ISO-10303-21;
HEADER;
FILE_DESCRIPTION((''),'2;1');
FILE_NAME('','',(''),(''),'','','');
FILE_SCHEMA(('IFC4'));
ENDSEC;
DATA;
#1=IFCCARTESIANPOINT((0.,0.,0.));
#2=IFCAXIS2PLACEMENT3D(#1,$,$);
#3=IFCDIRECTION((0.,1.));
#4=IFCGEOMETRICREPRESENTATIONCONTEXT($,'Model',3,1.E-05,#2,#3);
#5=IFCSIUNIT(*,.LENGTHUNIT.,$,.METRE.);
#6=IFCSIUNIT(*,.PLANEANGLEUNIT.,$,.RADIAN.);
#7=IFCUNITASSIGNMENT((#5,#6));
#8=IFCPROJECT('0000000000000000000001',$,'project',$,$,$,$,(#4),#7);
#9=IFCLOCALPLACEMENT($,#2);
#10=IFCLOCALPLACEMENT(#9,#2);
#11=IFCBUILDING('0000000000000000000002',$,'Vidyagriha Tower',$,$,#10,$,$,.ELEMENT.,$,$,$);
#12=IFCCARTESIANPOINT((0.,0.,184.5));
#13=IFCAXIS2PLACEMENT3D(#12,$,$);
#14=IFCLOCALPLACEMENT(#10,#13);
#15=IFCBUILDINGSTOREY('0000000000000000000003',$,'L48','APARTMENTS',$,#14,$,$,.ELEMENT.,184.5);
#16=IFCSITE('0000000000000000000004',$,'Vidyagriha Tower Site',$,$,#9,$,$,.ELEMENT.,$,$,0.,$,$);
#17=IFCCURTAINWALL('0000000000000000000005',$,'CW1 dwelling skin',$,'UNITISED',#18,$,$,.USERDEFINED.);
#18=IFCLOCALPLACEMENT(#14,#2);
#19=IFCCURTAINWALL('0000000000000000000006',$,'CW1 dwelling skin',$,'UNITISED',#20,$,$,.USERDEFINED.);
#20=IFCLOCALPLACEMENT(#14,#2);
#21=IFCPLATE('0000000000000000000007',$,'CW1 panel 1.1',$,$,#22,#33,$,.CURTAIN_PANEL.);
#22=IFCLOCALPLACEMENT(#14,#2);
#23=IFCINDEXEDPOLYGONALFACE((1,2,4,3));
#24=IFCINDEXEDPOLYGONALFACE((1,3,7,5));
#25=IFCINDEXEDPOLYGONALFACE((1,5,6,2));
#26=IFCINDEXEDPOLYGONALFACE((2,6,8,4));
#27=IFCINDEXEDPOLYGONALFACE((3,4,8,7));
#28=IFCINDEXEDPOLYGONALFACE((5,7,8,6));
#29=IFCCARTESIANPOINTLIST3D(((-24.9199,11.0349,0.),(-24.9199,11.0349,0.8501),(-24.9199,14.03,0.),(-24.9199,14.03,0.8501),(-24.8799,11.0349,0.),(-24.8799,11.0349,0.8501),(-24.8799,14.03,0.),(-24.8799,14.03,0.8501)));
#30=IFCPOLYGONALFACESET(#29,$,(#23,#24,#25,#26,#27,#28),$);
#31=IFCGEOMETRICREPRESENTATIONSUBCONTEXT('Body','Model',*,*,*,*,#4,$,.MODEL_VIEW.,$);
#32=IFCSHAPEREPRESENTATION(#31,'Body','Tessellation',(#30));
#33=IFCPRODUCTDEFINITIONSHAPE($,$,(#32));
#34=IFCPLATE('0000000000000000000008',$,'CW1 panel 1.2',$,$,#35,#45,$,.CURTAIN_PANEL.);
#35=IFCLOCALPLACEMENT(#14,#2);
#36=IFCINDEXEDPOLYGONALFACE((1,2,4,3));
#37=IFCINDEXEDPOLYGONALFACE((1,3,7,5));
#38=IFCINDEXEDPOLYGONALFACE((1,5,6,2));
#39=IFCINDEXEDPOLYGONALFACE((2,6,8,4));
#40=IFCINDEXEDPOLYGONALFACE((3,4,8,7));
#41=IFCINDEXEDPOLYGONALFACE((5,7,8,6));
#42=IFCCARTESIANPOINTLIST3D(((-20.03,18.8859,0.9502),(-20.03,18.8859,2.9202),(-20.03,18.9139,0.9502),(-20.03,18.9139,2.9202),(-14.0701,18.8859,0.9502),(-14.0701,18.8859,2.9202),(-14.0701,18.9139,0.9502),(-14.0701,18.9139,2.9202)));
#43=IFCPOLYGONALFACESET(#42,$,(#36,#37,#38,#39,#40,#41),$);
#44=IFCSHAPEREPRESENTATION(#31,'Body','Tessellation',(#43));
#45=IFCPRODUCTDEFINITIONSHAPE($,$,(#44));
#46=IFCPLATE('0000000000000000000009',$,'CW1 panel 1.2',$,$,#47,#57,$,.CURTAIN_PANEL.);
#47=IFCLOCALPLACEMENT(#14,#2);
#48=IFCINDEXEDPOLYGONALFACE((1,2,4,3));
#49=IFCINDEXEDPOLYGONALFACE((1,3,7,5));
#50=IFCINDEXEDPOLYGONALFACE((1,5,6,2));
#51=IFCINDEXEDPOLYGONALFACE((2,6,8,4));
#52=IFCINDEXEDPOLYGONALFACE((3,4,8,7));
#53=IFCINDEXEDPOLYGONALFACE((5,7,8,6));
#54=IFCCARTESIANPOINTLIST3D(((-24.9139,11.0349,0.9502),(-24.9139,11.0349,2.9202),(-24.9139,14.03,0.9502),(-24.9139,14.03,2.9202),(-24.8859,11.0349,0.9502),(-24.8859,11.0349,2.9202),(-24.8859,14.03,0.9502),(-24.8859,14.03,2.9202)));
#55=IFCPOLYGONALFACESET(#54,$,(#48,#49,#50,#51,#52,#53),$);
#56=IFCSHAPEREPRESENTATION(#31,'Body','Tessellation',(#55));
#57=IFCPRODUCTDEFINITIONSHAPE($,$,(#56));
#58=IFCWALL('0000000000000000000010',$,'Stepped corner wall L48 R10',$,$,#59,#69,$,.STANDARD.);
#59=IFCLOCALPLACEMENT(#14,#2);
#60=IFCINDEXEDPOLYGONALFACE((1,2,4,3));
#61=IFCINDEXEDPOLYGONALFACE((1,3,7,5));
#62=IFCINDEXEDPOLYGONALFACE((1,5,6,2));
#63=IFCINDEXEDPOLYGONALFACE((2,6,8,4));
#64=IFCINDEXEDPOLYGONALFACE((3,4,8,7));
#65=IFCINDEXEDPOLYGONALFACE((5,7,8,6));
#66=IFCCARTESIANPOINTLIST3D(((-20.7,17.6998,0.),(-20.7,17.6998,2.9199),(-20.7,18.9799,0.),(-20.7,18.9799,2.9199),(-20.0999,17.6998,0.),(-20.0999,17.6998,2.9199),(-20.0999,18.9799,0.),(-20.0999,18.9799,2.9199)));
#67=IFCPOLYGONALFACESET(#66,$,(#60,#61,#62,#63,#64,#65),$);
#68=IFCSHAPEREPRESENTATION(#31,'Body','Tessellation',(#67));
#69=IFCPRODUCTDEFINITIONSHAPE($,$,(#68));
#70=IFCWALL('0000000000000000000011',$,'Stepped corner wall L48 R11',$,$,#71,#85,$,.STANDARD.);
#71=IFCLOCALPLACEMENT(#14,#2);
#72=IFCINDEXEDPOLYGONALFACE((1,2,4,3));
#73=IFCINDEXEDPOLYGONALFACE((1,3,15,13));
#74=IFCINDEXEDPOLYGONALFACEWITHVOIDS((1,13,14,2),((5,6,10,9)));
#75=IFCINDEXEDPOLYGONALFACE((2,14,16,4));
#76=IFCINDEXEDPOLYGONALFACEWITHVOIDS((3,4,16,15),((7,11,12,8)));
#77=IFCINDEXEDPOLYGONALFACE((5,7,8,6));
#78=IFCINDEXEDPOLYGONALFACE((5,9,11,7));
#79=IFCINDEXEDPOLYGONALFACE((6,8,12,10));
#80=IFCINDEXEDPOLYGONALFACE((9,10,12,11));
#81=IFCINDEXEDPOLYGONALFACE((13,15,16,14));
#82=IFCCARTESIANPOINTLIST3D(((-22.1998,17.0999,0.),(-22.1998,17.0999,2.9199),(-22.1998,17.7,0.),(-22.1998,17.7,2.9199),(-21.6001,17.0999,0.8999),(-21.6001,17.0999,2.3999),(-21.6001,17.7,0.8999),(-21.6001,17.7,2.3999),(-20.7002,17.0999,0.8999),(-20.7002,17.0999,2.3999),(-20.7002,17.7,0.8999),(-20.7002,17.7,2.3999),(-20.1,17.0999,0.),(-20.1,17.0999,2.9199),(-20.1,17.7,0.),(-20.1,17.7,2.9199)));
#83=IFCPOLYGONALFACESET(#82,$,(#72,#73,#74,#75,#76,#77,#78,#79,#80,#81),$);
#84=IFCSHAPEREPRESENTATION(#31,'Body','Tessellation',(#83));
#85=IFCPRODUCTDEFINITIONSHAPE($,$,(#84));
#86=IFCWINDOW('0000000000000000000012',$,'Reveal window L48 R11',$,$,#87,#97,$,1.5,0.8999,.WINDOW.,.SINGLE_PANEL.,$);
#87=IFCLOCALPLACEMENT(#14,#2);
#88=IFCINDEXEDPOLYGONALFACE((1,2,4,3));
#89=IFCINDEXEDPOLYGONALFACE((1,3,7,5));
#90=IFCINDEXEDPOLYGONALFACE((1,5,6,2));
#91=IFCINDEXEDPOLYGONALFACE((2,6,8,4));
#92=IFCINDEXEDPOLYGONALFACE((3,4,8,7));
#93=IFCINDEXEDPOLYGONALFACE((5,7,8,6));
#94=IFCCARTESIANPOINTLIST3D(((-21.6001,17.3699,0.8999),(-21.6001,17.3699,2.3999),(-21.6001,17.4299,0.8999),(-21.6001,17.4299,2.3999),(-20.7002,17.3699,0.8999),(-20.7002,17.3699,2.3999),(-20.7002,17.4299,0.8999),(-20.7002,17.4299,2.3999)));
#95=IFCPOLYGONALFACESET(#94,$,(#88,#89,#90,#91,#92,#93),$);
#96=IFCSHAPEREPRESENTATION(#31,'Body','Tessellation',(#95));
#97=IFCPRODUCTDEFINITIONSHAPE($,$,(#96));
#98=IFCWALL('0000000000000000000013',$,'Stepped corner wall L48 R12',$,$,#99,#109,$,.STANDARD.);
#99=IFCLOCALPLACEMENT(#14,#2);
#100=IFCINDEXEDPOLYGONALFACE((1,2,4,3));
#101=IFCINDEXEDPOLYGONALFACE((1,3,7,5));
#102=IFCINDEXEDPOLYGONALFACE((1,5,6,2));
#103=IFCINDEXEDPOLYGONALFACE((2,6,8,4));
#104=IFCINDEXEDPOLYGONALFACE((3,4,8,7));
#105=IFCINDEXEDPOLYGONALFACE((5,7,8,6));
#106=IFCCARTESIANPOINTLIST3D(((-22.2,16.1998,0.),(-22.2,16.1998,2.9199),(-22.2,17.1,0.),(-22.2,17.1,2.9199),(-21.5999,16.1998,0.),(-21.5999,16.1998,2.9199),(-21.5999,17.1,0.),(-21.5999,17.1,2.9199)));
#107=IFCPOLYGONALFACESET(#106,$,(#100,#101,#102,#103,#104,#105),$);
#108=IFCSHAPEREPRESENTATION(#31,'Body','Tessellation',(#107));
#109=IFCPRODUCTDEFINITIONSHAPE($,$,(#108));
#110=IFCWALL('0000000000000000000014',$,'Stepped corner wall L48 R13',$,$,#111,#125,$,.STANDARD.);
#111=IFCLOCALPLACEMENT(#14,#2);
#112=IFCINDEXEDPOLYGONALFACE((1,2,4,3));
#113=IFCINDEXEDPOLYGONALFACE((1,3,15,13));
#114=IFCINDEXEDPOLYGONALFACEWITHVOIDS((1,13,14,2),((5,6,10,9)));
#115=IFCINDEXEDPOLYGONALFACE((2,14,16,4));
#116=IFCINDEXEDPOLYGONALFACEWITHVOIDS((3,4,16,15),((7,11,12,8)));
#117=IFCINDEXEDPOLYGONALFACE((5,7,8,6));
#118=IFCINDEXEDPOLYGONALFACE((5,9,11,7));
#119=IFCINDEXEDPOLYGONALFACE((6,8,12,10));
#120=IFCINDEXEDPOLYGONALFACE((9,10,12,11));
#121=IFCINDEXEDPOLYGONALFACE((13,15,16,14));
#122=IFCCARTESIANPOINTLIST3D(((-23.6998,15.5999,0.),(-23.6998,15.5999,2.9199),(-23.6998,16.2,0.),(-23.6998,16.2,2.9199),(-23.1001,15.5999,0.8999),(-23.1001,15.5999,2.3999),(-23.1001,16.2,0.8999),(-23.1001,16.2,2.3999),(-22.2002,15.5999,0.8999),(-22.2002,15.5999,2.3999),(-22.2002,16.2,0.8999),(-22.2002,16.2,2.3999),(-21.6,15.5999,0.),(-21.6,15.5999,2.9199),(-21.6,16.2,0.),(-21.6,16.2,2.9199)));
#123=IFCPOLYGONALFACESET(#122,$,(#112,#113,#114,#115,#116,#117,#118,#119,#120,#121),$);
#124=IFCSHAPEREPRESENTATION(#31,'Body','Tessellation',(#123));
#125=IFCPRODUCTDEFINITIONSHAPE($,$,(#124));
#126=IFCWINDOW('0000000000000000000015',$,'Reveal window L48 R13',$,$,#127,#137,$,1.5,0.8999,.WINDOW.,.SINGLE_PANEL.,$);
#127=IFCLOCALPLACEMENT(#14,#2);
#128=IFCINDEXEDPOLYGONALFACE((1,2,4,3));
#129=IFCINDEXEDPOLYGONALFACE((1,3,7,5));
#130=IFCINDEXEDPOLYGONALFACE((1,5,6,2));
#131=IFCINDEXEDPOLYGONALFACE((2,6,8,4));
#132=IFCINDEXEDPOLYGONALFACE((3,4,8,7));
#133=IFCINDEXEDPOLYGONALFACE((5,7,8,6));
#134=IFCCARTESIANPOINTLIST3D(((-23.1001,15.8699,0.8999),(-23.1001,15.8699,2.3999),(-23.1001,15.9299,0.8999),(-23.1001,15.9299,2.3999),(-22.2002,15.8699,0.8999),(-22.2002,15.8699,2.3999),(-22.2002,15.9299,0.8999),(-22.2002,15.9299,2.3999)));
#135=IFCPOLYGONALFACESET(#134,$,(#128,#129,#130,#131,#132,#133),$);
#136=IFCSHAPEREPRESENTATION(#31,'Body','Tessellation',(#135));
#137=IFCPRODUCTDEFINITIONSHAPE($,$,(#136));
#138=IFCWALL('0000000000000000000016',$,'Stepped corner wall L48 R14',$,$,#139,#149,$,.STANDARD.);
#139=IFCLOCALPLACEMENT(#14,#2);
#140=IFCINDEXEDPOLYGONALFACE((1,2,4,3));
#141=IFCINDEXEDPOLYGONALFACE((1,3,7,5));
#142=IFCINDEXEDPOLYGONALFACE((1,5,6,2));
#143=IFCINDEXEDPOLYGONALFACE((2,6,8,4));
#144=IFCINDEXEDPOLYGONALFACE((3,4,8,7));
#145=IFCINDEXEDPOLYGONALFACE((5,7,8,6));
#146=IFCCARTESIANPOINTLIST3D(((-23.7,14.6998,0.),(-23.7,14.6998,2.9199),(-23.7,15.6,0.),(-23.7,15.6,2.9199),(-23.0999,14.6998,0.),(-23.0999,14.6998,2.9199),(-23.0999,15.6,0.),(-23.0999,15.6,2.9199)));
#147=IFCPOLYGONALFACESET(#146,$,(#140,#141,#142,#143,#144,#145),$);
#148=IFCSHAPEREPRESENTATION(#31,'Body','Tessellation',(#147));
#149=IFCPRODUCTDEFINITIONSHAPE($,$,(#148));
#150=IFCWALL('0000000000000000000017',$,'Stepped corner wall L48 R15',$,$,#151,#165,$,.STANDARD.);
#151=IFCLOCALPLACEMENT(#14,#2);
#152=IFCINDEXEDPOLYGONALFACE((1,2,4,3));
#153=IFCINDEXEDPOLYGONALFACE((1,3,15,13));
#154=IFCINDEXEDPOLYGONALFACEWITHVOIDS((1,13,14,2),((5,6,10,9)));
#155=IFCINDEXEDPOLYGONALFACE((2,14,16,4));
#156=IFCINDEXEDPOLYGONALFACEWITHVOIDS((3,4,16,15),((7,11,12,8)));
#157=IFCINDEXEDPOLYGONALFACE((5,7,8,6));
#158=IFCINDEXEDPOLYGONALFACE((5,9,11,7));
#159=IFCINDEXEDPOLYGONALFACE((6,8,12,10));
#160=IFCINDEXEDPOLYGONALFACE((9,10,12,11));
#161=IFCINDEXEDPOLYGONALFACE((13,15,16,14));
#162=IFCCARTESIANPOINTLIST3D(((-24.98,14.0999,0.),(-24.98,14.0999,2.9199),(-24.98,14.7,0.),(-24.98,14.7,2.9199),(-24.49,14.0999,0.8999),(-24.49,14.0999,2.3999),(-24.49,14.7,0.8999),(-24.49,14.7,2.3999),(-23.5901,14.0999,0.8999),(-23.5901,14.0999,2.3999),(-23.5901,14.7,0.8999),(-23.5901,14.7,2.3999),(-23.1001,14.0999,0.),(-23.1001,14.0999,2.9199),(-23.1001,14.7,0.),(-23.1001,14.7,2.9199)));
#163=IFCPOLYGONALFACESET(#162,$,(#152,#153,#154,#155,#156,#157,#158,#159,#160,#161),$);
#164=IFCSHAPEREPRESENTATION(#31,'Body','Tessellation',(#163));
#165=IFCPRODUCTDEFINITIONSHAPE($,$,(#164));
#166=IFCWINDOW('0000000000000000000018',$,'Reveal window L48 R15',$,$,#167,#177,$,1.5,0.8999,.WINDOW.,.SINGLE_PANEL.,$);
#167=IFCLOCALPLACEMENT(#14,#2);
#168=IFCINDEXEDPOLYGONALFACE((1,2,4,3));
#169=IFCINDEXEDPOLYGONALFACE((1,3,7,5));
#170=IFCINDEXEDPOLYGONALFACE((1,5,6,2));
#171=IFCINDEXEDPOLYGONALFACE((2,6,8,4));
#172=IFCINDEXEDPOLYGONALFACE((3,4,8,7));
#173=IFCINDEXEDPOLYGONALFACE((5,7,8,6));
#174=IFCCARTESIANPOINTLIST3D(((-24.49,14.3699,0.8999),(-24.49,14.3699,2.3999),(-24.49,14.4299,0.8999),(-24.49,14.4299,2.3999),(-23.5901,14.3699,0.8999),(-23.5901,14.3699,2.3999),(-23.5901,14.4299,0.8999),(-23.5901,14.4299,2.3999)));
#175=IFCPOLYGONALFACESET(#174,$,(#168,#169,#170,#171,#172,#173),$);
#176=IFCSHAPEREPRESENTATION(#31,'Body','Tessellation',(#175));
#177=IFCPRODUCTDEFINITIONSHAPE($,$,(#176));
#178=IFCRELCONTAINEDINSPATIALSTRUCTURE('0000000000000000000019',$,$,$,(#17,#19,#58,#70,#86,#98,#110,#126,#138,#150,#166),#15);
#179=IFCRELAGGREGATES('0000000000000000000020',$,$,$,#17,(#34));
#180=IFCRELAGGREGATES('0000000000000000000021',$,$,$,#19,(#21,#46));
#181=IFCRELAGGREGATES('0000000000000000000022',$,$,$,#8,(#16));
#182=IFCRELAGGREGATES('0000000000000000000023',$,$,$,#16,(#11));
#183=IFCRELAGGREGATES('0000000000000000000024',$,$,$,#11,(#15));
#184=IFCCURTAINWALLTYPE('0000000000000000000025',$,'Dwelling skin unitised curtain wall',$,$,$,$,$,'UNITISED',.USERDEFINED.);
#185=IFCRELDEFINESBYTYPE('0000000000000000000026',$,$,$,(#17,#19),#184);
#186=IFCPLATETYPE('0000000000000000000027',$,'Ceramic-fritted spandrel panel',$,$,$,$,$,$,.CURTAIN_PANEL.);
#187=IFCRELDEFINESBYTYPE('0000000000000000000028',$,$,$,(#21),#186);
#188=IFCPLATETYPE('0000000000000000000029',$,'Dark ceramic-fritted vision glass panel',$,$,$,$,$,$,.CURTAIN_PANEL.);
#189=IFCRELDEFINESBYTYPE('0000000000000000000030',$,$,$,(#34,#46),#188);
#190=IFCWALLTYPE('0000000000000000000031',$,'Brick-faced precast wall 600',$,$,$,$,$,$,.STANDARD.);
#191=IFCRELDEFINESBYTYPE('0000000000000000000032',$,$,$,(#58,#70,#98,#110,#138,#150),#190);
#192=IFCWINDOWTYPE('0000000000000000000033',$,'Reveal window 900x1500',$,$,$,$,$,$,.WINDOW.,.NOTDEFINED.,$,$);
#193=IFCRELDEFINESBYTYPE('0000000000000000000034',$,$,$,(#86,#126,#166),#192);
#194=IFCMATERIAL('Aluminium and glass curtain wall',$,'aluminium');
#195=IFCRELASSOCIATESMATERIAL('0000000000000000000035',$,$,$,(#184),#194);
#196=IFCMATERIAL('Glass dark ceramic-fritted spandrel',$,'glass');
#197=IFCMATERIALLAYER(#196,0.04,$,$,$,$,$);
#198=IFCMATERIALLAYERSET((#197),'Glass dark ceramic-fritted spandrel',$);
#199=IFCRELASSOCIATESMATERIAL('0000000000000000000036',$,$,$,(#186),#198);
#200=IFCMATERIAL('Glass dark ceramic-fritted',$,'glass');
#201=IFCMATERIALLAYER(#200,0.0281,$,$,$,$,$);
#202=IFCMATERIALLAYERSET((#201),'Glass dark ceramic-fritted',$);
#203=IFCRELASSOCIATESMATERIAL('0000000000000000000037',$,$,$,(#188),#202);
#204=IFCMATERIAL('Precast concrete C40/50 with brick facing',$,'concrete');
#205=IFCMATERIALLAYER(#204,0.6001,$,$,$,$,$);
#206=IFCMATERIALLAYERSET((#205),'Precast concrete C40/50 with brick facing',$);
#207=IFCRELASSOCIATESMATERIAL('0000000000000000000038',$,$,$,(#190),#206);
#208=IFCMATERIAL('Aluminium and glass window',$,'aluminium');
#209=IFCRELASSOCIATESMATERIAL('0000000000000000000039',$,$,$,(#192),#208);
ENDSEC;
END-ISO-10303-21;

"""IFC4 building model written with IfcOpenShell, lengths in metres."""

from ifc_helpers import new_model, si_unit, direction, frame, frame_2d, origin, origin_2d, place, context, subcontext, project, spatial, rectangle, extrude, material, layer, layer_set, type_object, element, fill, aggregate, save


model = new_model("IFC4")

# Units and contexts
model_context = context("Model", 3, precision=1e-05, world=origin(), true_north=direction((0.0, 1.0)))
body_context = subcontext(model_context, "Body", "Model", "MODEL_VIEW")
ifc_project = project(units=[si_unit("LENGTHUNIT", "METRE"), si_unit("PLANEANGLEUNIT", "RADIAN")], contexts=[model_context])

# Site, building, storey
site_placement = place(None, origin())
site = spatial("IfcSite", under=ifc_project, at=site_placement, Name="Vidyagriha Tower Site", CompositionType="ELEMENT", RefElevation=0.0)
building_placement = place(site_placement, origin())
building = spatial("IfcBuilding", under=site, at=building_placement, Name="Vidyagriha Tower", CompositionType="ELEMENT")
storey_placement = place(building_placement, frame((0.0, 0.0, 184.5)))
storey = spatial("IfcBuildingStorey", under=building, at=storey_placement, Name="L48", Description="APARTMENTS", CompositionType="ELEMENT", Elevation=184.5)

# Curtain walls
ifc_material_1 = material(Name="Aluminium and glass curtain wall", Category="aluminium")
curtain_wall_type = type_object("IfcCurtainWallType", Name="Dwelling skin unitised curtain wall", ElementType="UNITISED", PredefinedType="USERDEFINED", material=ifc_material_1)
curtain_wall_1_placement = place(storey_placement, origin())
curtain_wall_1 = element("IfcCurtainWall", 1, at=curtain_wall_1_placement, inside=storey, type_object=curtain_wall_type, Name="CW1 dwelling skin", ObjectType="UNITISED", PredefinedType="USERDEFINED")
curtain_wall_2_placement = place(storey_placement, origin())
curtain_wall_2 = element("IfcCurtainWall", 2, at=curtain_wall_2_placement, inside=storey, type_object=curtain_wall_type, Name="CW1 dwelling skin", ObjectType="UNITISED", PredefinedType="USERDEFINED")

# Plates
ifc_material_2 = material(Name="Glass dark ceramic-fritted spandrel", Category="glass")
ifc_layer_1 = layer(ifc_material_2, 0.04)
ifc_layer_set_1 = layer_set([ifc_layer_1], Name="Glass dark ceramic-fritted spandrel")
plate_type_1 = type_object("IfcPlateType", Name="Ceramic-fritted spandrel panel", PredefinedType="CURTAIN_PANEL", material=ifc_layer_set_1)
plate_1_placement = place(storey_placement, frame((-24.8999, 12.5325, 0.0), z_axis=(0.0, 0.0, 1.0), x_axis=(0.0, -1.0, 0.0)))
plate_1 = element("IfcPlate", 3, at=plate_1_placement, type_object=plate_type_1, Name="CW1 panel 1.1", PredefinedType="CURTAIN_PANEL", context=body_context, shape_type="SweptSolid", body=[
    extrude(rectangle(XDim=2.9951, YDim=0.04, at=origin_2d()), origin(), (0.0, 0.0, 1.0), 0.8501),
])
ifc_material_3 = material(Name="Glass dark ceramic-fritted", Category="glass")
ifc_layer_2 = layer(ifc_material_3, 0.0281)
ifc_layer_set_2 = layer_set([ifc_layer_2], Name="Glass dark ceramic-fritted")
plate_type_2 = type_object("IfcPlateType", Name="Dark ceramic-fritted vision glass panel", PredefinedType="CURTAIN_PANEL", material=ifc_layer_set_2)
plate_2_placement = place(storey_placement, frame((-17.05, 18.8999, 0.9502), z_axis=(0.0, 0.0, 1.0), x_axis=(-1.0, 0.0, 0.0)))
plate_2 = element("IfcPlate", 4, at=plate_2_placement, type_object=plate_type_2, Name="CW1 panel 1.2", PredefinedType="CURTAIN_PANEL", context=body_context, shape_type="SweptSolid", body=[
    extrude(rectangle(XDim=5.96, YDim=0.0281, at=origin_2d()), origin(), (0.0, 0.0, 1.0), 1.97),
])
aggregate(curtain_wall_1, [plate_2])
plate_3_placement = place(storey_placement, frame((-24.8999, 12.5325, 0.9502), z_axis=(0.0, 0.0, 1.0), x_axis=(0.0, -1.0, 0.0)))
plate_3 = element("IfcPlate", 5, at=plate_3_placement, type_object=plate_type_2, Name="CW1 panel 1.2", PredefinedType="CURTAIN_PANEL", context=body_context, shape_type="SweptSolid", body=[
    extrude(rectangle(XDim=2.9951, YDim=0.0281, at=origin_2d()), origin(), (0.0, 0.0, 1.0), 1.97),
])
aggregate(curtain_wall_2, [plate_1, plate_3])

# Wall
ifc_material_4 = material(Name="Precast concrete C40/50 with brick facing", Category="concrete")
ifc_layer_3 = layer(ifc_material_4, 0.6001)
ifc_layer_set_3 = layer_set([ifc_layer_3], Name="Precast concrete C40/50 with brick facing")
wall_type_1 = type_object("IfcWallType", Name="Brick-faced precast wall 600", PredefinedType="STANDARD", material=ifc_layer_set_3)
wall_1_placement = place(storey_placement, frame((-20.3999, 18.98, 0.0), z_axis=(0.0, 0.0, 1.0), x_axis=(0.0, -1.0, 0.0)))
element("IfcWall", 6, at=wall_1_placement, inside=storey, type_object=wall_type_1, Name="Stepped corner wall L48 R10", PredefinedType="STANDARD", context=body_context, shape_type="SweptSolid", body=[
    extrude(rectangle(XDim=1.28, YDim=0.6001, at=frame_2d((0.6401, 0.0))), origin(), (0.0, 0.0, 1.0), 2.9199),
])

# Wall, opening, window
wall_2_placement = place(storey_placement, frame((-20.1001, 17.3999, 0.0), z_axis=(0.0, 0.0, 1.0), x_axis=(-1.0, 0.0, 0.0)))
wall_2 = element("IfcWall", 7, at=wall_2_placement, inside=storey, type_object=wall_type_1, Name="Stepped corner wall L48 R11", PredefinedType="STANDARD", context=body_context, shape_type="SweptSolid", body=[
    extrude(rectangle(XDim=2.0999, YDim=0.6001, at=frame_2d((1.0498, 0.0))), origin(), (0.0, 0.0, 1.0), 2.9199),
])
opening_1_placement = place(wall_2_placement, frame((0.6001, 0.0, 0.8999)))
opening_1 = element("IfcOpeningElement", 8, at=opening_1_placement, cuts=wall_2, PredefinedType="OPENING", context=body_context, shape_type="SweptSolid", body=[
    extrude(rectangle(XDim=0.8999, YDim=1.5, at=frame_2d((0.45, 0.75))), frame((0.0, 0.3101, 0.0), z_axis=(0.0, -1.0, 0.0), x_axis=(1.0, 0.0, 0.0)), (0.0, 0.0, 1.0), 0.6201),
])
ifc_material_5 = material(Name="Aluminium and glass window", Category="aluminium")
window_type = type_object("IfcWindowType", Name="Reveal window 900x1500", PartitioningType="NOTDEFINED", PredefinedType="WINDOW", material=ifc_material_5)
window_1_placement = place(opening_1_placement, origin())
window_1 = element("IfcWindow", 9, at=window_1_placement, inside=storey, type_object=window_type, Name="Reveal window L48 R11", OverallHeight=1.5, OverallWidth=0.8999, PartitioningType="SINGLE_PANEL", PredefinedType="WINDOW", context=body_context, shape_type="SweptSolid", body=[
    extrude(rectangle(XDim=0.8999, YDim=1.5, at=frame_2d((0.45, 0.75))), frame((0.0, 0.03, 0.0), z_axis=(0.0, -1.0, 0.0), x_axis=(1.0, 0.0, 0.0)), (0.0, 0.0, 1.0), 0.0601),
])
fill(opening_1, window_1)

# Wall
wall_3_placement = place(storey_placement, frame((-21.8999, 17.1001, 0.0), z_axis=(0.0, 0.0, 1.0), x_axis=(0.0, -1.0, 0.0)))
element("IfcWall", 10, at=wall_3_placement, inside=storey, type_object=wall_type_1, Name="Stepped corner wall L48 R12", PredefinedType="STANDARD", context=body_context, shape_type="SweptSolid", body=[
    extrude(rectangle(XDim=0.9001, YDim=0.6001, at=frame_2d((0.4502, 0.0))), origin(), (0.0, 0.0, 1.0), 2.9199),
])

# Wall, opening, window
wall_4_placement = place(storey_placement, frame((-21.6001, 15.8999, 0.0), z_axis=(0.0, 0.0, 1.0), x_axis=(-1.0, 0.0, 0.0)))
wall_4 = element("IfcWall", 11, at=wall_4_placement, inside=storey, type_object=wall_type_1, Name="Stepped corner wall L48 R13", PredefinedType="STANDARD", context=body_context, shape_type="SweptSolid", body=[
    extrude(rectangle(XDim=2.0999, YDim=0.6001, at=frame_2d((1.0498, 0.0))), origin(), (0.0, 0.0, 1.0), 2.9199),
])
opening_2_placement = place(wall_4_placement, frame((0.6001, 0.0, 0.8999)))
opening_2 = element("IfcOpeningElement", 12, at=opening_2_placement, cuts=wall_4, PredefinedType="OPENING", context=body_context, shape_type="SweptSolid", body=[
    extrude(rectangle(XDim=0.8999, YDim=1.5, at=frame_2d((0.45, 0.75))), frame((0.0, 0.3101, 0.0), z_axis=(0.0, -1.0, 0.0), x_axis=(1.0, 0.0, 0.0)), (0.0, 0.0, 1.0), 0.6201),
])
window_2_placement = place(opening_2_placement, origin())
window_2 = element("IfcWindow", 13, at=window_2_placement, inside=storey, type_object=window_type, Name="Reveal window L48 R13", OverallHeight=1.5, OverallWidth=0.8999, PartitioningType="SINGLE_PANEL", PredefinedType="WINDOW", context=body_context, shape_type="SweptSolid", body=[
    extrude(rectangle(XDim=0.8999, YDim=1.5, at=frame_2d((0.45, 0.75))), frame((0.0, 0.03, 0.0), z_axis=(0.0, -1.0, 0.0), x_axis=(1.0, 0.0, 0.0)), (0.0, 0.0, 1.0), 0.0601),
])
fill(opening_2, window_2)

# Wall
wall_5_placement = place(storey_placement, frame((-23.3999, 15.6001, 0.0), z_axis=(0.0, 0.0, 1.0), x_axis=(0.0, -1.0, 0.0)))
element("IfcWall", 14, at=wall_5_placement, inside=storey, type_object=wall_type_1, Name="Stepped corner wall L48 R14", PredefinedType="STANDARD", context=body_context, shape_type="SweptSolid", body=[
    extrude(rectangle(XDim=0.9001, YDim=0.6001, at=frame_2d((0.4502, 0.0))), origin(), (0.0, 0.0, 1.0), 2.9199),
])

# Wall, opening, window
wall_6_placement = place(storey_placement, frame((-23.1001, 14.3999, 0.0), z_axis=(0.0, 0.0, 1.0), x_axis=(-1.0, 0.0, 0.0)))
wall_6 = element("IfcWall", 15, at=wall_6_placement, inside=storey, type_object=wall_type_1, Name="Stepped corner wall L48 R15", PredefinedType="STANDARD", context=body_context, shape_type="SweptSolid", body=[
    extrude(rectangle(XDim=1.8799, YDim=0.6001, at=frame_2d((0.9399, 0.0))), origin(), (0.0, 0.0, 1.0), 2.9199),
])
opening_3_placement = place(wall_6_placement, frame((0.49, 0.0, 0.8999)))
opening_3 = element("IfcOpeningElement", 16, at=opening_3_placement, cuts=wall_6, PredefinedType="OPENING", context=body_context, shape_type="SweptSolid", body=[
    extrude(rectangle(XDim=0.8999, YDim=1.5, at=frame_2d((0.45, 0.75))), frame((0.0, 0.3101, 0.0), z_axis=(0.0, -1.0, 0.0), x_axis=(1.0, 0.0, 0.0)), (0.0, 0.0, 1.0), 0.6201),
])
window_3_placement = place(opening_3_placement, origin())
window_3 = element("IfcWindow", 17, at=window_3_placement, inside=storey, type_object=window_type, Name="Reveal window L48 R15", OverallHeight=1.5, OverallWidth=0.8999, PartitioningType="SINGLE_PANEL", PredefinedType="WINDOW", context=body_context, shape_type="SweptSolid", body=[
    extrude(rectangle(XDim=0.8999, YDim=1.5, at=frame_2d((0.45, 0.75))), frame((0.0, 0.03, 0.0), z_axis=(0.0, -1.0, 0.0), x_axis=(1.0, 0.0, 0.0)), (0.0, 0.0, 1.0), 0.0601),
])
fill(opening_3, window_3)

save(model, "model.ifc")
